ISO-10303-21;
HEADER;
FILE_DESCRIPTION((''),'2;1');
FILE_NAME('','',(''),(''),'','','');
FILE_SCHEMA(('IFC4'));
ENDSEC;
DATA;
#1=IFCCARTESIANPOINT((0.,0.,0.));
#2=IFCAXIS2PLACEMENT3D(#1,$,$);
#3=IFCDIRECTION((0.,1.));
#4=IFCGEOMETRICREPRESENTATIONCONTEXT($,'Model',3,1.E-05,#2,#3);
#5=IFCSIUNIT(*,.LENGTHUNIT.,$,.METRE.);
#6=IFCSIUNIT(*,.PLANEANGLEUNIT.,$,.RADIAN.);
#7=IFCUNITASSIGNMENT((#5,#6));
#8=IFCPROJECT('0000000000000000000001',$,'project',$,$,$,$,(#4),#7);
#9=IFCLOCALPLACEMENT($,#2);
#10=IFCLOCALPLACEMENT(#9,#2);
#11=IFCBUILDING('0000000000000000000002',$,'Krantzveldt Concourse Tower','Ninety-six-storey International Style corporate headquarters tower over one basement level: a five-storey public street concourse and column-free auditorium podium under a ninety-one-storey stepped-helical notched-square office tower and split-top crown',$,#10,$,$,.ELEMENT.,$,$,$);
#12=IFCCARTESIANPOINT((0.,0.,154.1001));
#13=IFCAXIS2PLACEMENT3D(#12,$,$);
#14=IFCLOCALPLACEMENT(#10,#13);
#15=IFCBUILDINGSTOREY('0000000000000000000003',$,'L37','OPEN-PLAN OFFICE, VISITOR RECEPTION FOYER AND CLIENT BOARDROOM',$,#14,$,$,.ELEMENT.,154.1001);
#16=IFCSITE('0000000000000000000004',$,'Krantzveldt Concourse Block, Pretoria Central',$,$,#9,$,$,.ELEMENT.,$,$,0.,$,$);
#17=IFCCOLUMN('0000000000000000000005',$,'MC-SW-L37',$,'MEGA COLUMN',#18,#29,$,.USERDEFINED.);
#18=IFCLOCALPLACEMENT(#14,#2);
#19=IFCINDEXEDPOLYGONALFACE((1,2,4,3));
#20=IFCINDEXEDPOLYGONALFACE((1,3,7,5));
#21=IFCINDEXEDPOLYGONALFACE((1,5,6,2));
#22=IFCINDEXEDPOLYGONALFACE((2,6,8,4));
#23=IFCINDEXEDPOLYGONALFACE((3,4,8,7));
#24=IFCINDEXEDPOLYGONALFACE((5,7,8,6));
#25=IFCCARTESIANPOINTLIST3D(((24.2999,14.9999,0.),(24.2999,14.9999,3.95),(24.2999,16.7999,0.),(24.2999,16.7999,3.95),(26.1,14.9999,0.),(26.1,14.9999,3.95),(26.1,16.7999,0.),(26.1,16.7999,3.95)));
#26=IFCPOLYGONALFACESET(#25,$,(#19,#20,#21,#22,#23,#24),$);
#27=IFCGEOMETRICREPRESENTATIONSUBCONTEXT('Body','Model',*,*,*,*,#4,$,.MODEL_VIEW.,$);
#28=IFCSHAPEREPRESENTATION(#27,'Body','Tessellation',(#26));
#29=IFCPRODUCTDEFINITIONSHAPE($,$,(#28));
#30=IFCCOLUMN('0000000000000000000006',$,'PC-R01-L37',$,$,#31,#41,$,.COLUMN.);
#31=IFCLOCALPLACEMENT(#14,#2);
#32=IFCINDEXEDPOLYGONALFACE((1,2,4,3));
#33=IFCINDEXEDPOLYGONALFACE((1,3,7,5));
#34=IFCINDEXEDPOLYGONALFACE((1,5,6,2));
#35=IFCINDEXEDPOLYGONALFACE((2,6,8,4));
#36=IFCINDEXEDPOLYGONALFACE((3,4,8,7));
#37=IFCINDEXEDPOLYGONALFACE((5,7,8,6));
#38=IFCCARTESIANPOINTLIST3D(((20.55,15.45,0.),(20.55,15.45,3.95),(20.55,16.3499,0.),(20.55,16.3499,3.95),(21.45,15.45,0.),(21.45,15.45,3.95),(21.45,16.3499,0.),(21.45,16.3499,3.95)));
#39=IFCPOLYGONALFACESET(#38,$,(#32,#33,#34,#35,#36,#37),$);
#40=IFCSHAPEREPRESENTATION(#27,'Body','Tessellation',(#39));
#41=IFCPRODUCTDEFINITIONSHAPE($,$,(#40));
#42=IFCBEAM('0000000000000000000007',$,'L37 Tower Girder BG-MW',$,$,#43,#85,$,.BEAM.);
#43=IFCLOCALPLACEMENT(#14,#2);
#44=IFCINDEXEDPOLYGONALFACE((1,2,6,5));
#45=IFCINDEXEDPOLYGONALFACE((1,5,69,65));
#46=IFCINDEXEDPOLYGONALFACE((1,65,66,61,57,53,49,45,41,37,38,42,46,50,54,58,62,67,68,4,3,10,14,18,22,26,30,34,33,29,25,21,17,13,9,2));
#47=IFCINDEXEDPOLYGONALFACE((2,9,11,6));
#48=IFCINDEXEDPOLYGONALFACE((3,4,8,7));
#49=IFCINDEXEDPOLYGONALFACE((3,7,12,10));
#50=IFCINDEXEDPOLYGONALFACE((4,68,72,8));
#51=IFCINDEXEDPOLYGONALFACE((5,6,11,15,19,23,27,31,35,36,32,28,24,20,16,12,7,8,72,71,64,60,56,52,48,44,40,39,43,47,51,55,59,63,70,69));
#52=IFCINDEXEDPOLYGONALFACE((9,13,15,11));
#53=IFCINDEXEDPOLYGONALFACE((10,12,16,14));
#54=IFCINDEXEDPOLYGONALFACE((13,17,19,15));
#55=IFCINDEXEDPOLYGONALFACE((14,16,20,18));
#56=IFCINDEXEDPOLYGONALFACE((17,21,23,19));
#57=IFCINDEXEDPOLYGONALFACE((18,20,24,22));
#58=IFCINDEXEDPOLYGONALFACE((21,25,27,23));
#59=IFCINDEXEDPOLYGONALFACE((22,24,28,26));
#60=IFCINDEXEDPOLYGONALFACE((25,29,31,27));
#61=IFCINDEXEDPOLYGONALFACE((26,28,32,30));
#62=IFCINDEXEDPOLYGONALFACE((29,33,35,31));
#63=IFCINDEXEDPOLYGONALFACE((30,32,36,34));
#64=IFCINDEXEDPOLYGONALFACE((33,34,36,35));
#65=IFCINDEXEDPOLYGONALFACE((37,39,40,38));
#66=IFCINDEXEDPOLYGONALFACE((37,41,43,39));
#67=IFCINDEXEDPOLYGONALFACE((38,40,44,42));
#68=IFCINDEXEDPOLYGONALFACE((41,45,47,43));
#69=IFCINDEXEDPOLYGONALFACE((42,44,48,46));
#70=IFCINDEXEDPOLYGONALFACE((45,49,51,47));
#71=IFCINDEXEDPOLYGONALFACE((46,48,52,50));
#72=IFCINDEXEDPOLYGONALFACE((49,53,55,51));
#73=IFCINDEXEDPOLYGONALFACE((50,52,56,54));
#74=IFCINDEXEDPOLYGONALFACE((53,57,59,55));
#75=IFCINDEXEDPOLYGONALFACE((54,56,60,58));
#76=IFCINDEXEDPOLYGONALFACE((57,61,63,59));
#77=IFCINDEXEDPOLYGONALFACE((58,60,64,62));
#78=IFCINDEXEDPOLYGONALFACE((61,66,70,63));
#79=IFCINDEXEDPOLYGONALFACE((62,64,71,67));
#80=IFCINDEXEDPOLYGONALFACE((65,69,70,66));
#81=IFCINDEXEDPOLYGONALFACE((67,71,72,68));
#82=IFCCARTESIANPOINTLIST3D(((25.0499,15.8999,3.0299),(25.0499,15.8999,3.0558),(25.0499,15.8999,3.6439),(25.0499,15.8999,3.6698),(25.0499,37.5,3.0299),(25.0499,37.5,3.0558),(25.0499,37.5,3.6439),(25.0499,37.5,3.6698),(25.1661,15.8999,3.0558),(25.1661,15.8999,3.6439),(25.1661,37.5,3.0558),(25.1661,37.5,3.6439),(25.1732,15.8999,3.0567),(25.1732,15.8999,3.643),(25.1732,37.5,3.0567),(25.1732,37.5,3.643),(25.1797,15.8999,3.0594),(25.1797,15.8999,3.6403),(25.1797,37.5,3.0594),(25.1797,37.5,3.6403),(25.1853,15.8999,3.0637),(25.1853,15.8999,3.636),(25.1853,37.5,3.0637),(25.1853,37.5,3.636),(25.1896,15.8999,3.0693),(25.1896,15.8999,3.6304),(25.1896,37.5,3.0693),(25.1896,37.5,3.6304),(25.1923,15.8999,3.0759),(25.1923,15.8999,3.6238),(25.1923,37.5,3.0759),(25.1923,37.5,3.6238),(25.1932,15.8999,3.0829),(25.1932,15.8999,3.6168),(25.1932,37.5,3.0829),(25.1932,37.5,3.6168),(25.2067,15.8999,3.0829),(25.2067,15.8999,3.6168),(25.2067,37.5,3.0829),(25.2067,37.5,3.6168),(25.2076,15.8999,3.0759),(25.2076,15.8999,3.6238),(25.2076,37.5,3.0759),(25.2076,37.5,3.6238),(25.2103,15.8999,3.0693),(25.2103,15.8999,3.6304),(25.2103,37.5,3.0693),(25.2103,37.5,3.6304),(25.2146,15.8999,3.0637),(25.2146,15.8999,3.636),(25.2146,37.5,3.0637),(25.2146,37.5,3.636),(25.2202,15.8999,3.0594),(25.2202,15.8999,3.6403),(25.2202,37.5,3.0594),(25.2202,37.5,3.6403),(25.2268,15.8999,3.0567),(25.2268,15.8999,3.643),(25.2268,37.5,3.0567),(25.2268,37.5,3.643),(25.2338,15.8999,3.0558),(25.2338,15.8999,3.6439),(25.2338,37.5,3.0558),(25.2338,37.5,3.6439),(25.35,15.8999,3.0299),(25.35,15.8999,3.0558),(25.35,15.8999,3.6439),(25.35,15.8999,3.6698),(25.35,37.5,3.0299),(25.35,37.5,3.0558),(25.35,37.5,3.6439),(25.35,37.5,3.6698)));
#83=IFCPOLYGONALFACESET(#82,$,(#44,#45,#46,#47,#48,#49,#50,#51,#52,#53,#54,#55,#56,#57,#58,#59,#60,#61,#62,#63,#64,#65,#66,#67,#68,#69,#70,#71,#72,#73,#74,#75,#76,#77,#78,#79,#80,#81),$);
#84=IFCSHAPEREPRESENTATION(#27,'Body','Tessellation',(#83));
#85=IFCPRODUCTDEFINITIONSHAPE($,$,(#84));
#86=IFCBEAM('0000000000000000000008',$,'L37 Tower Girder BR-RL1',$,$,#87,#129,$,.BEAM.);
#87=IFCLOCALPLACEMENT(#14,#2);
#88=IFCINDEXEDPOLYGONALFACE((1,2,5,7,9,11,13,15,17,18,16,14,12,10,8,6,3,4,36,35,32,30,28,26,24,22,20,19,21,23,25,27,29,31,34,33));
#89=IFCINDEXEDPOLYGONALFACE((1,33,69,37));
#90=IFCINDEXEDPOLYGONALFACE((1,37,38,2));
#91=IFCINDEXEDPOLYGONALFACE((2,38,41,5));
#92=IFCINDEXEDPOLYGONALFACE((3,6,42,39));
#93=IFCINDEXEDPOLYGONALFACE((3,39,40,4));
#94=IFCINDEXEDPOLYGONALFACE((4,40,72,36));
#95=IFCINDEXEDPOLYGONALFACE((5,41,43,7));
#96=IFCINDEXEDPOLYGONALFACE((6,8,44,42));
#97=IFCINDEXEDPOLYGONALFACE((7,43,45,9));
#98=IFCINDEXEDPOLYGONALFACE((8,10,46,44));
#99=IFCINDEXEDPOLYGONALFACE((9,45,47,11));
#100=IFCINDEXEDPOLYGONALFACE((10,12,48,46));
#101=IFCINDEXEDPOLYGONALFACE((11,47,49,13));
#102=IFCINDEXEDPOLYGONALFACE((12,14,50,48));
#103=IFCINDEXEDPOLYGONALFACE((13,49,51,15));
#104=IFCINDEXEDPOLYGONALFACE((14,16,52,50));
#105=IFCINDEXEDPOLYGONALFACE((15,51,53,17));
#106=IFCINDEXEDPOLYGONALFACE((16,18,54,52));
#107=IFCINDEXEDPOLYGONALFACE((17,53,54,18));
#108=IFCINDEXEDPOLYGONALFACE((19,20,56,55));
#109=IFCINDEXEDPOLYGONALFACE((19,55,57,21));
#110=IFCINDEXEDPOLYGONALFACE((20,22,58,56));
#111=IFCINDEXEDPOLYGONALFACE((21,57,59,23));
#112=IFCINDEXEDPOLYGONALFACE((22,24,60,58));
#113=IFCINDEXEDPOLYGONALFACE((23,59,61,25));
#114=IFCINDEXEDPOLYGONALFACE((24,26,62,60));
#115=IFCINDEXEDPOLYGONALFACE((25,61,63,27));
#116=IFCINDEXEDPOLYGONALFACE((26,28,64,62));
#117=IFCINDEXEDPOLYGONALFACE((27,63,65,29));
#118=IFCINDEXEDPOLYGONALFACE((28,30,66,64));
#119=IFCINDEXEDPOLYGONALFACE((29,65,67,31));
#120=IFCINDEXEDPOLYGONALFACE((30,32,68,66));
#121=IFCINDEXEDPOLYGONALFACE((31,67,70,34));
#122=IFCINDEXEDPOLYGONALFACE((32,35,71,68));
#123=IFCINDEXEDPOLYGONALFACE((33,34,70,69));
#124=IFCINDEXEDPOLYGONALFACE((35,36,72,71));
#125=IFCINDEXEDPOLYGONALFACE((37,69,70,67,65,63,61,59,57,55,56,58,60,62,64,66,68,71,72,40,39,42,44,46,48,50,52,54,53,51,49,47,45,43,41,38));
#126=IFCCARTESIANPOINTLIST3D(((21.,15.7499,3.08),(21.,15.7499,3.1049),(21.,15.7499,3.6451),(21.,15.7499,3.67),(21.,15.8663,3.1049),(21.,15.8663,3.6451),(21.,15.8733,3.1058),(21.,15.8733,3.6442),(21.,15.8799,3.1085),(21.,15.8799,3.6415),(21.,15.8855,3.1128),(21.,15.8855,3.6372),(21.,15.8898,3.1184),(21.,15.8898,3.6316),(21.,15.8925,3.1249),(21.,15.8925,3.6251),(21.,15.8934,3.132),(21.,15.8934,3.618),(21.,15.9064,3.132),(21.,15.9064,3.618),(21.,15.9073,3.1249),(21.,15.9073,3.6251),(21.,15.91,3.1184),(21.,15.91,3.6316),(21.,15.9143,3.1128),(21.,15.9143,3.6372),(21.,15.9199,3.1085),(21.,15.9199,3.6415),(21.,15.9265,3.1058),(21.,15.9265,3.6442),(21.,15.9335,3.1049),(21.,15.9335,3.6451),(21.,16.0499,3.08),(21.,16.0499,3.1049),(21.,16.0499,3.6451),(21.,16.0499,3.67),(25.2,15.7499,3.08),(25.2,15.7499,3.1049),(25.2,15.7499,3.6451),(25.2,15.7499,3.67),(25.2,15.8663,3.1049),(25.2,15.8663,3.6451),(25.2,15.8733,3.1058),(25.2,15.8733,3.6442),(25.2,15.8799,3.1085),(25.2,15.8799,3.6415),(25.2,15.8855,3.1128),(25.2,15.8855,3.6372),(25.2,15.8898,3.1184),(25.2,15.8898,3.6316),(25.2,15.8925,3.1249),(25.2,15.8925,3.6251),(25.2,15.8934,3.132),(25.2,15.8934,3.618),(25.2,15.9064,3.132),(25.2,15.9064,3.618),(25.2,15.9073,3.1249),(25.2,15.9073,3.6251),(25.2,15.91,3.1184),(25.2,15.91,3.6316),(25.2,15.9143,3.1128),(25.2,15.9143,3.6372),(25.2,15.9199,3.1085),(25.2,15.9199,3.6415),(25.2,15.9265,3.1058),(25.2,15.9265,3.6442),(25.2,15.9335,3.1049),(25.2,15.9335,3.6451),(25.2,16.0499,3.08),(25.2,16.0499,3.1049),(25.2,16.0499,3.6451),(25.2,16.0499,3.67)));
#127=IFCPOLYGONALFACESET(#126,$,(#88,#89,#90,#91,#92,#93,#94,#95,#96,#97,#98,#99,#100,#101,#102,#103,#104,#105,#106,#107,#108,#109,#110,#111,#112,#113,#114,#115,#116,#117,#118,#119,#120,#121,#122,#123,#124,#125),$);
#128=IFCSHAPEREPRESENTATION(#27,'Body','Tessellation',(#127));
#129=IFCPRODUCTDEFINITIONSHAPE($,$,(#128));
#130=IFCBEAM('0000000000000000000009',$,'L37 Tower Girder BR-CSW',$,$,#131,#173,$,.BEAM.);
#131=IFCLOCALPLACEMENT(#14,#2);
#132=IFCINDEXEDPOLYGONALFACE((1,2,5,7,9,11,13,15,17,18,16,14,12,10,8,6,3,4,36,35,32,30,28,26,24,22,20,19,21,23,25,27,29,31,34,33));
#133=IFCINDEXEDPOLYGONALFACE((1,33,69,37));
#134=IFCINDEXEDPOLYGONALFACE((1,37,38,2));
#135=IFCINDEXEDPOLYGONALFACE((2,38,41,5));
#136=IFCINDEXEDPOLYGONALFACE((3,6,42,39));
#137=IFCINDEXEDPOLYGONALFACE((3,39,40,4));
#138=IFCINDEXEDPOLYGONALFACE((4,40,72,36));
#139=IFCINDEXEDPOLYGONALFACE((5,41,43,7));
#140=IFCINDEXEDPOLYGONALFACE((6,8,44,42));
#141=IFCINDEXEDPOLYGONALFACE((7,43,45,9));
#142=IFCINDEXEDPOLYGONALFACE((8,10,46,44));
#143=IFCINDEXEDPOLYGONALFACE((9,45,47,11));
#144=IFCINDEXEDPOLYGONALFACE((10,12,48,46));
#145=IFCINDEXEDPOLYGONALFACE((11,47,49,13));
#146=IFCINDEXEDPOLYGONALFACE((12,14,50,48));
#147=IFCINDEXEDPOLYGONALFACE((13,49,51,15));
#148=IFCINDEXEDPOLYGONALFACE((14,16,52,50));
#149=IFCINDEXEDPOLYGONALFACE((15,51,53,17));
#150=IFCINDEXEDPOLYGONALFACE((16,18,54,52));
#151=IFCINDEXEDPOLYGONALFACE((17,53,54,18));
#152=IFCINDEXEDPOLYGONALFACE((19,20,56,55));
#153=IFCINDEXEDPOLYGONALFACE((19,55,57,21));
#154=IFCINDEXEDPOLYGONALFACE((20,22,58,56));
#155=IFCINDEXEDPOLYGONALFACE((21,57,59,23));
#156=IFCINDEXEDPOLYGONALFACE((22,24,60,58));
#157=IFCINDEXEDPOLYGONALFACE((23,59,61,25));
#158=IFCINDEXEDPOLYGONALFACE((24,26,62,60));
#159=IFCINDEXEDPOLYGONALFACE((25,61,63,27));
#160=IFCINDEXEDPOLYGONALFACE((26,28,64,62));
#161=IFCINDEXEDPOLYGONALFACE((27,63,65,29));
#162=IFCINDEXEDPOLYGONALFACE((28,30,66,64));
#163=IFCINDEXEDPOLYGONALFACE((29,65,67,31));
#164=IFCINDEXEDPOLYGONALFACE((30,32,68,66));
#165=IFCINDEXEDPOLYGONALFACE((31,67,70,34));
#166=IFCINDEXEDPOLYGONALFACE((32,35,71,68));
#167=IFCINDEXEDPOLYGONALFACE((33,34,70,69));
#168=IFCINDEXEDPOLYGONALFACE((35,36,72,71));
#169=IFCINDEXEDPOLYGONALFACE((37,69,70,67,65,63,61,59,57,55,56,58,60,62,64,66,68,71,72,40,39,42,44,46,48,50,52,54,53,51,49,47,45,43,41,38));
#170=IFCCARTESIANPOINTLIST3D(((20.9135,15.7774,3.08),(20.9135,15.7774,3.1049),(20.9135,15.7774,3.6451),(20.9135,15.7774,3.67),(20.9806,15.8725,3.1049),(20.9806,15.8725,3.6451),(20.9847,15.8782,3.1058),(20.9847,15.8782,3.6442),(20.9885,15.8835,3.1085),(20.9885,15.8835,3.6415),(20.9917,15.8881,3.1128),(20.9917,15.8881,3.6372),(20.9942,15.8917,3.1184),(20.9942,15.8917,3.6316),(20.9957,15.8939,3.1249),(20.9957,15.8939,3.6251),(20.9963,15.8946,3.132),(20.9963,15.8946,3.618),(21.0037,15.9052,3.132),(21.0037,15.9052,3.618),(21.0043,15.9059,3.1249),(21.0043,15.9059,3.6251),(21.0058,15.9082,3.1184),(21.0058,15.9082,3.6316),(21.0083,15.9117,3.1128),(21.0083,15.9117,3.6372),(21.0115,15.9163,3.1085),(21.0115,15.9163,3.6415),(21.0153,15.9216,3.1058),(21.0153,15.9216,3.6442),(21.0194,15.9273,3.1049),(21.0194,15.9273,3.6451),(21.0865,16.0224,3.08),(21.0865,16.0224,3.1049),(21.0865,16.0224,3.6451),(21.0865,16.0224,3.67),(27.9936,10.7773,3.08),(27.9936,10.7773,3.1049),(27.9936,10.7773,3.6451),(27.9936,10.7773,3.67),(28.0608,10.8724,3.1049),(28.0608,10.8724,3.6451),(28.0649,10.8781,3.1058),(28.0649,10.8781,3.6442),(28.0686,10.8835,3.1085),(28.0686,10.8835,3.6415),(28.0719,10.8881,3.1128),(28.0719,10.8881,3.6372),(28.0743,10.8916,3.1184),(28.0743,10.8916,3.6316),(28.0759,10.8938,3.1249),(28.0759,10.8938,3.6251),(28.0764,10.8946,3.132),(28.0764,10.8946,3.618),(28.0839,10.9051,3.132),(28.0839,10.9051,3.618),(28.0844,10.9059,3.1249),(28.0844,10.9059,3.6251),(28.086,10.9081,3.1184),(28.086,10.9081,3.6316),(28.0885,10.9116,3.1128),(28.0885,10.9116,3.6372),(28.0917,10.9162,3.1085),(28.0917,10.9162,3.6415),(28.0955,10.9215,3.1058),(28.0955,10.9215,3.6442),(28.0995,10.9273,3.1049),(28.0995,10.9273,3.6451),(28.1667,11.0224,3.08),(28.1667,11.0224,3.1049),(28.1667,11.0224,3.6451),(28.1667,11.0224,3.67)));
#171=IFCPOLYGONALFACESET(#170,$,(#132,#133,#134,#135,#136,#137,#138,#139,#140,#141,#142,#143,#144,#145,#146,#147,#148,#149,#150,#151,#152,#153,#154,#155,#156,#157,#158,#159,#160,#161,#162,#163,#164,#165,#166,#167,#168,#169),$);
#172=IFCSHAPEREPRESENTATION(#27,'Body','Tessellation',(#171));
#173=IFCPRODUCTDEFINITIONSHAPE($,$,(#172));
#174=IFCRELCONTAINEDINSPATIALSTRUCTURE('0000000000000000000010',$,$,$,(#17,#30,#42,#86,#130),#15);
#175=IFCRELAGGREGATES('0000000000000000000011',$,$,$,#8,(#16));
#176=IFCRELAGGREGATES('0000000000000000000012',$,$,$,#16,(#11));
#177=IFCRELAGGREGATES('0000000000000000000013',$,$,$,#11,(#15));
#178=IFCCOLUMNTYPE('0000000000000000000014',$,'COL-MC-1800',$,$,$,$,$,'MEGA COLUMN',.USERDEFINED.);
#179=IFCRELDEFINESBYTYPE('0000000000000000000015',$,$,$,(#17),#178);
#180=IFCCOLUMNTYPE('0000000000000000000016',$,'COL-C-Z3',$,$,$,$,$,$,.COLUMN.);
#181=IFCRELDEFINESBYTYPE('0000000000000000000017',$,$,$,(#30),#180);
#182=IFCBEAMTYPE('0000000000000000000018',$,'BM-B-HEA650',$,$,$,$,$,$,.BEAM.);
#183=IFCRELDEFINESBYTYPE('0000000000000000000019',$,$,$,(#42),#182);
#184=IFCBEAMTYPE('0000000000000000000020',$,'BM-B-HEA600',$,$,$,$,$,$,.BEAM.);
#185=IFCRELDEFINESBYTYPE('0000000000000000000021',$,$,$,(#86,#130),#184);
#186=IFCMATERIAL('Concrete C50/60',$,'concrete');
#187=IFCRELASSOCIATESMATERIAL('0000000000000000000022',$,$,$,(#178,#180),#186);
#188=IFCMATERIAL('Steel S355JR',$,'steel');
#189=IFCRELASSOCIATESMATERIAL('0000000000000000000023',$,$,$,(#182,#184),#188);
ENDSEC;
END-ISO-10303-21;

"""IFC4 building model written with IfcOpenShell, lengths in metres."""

from ifc_helpers import new_model, si_unit, direction, frame, origin, origin_2d, place, context, subcontext, project, spatial, rectangle, i_section, extrude, source, transform, mapped, material, material_profile, profile_set, type_object, type_shapes, element, save


model = new_model("IFC4")

# Units and contexts
model_context = context("Model", 3, precision=1e-05, world=origin(), true_north=direction((0.0, 1.0)))
body_context = subcontext(model_context, "Body", "Model", "MODEL_VIEW")
ifc_project = project(units=[si_unit("LENGTHUNIT", "METRE"), si_unit("PLANEANGLEUNIT", "RADIAN")], contexts=[model_context])

# Site, building, storey
site_placement = place(None, origin())
site = spatial("IfcSite", under=ifc_project, at=site_placement, Name="Krantzveldt Concourse Block, Pretoria Central", CompositionType="ELEMENT", RefElevation=0.0)
building_placement = place(site_placement, origin())
building = spatial("IfcBuilding", under=site, at=building_placement, Name="Krantzveldt Concourse Tower", Description="Ninety-six-storey International Style corporate headquarters tower over one basement level: a five-storey public street concourse and column-free auditorium podium under a ninety-one-storey stepped-helical notched-square office tower and split-top crown", CompositionType="ELEMENT")
storey_placement = place(building_placement, frame((0.0, 0.0, 154.1001)))
storey = spatial("IfcBuildingStorey", under=building, at=storey_placement, Name="L37", Description="OPEN-PLAN OFFICE, VISITOR RECEPTION FOYER AND CLIENT BOARDROOM", CompositionType="ELEMENT", Elevation=154.1001)

# Columns
ifc_material_1 = material(Name="Concrete C50/60", Category="concrete")
ifc_material_profile_1 = material_profile(ifc_material_1, rectangle(XDim=1.8, YDim=1.8, at=origin_2d()), Name="Concrete C50/60", Category="concrete")
ifc_profile_set_1 = profile_set([ifc_material_profile_1], Name="Concrete C50/60 - RC 1800x1800")
column_type_1 = type_object("IfcColumnType", Name="COL-MC-1800", ElementType="MEGA COLUMN", PredefinedType="USERDEFINED", material=ifc_profile_set_1)
shared_shape_1 = source(origin(), body_context, "Body", "SweptSolid", [
    extrude(rectangle(XDim=1.8, YDim=1.8, at=origin_2d()), origin(), (0.0, 0.0, 1.0), 3.95),
])
type_shapes(column_type_1, [shared_shape_1])
column_1_placement = place(storey_placement, frame((25.2, 15.8999, 0.0), z_axis=(0.0, 0.0, 1.0), x_axis=(1.0, 0.0, 0.0)))
element("IfcColumn", 1, at=column_1_placement, inside=storey, type_object=column_type_1, Name="MC-SW-L37", ObjectType="MEGA COLUMN", PredefinedType="USERDEFINED", context=body_context, shape_type="MappedRepresentation", body=[
    mapped(shared_shape_1, transform((0.0, 0.0, 0.0), x_axis=(1.0, 0.0, 0.0), y_axis=(0.0, 1.0, 0.0), z_axis=(0.0, 0.0, 1.0), scale=1.0)),
])
ifc_material_profile_2 = material_profile(ifc_material_1, rectangle(XDim=0.8999, YDim=0.8999, at=origin_2d()), Name="Concrete C50/60", Category="concrete")
ifc_profile_set_2 = profile_set([ifc_material_profile_2], Name="Concrete C50/60 - RC 900x900")
column_type_2 = type_object("IfcColumnType", Name="COL-C-Z3", PredefinedType="COLUMN", material=ifc_profile_set_2)
shared_shape_2 = source(origin(), body_context, "Body", "SweptSolid", [
    extrude(rectangle(XDim=0.8999, YDim=0.8999, at=origin_2d()), origin(), (0.0, 0.0, 1.0), 3.95),
])
type_shapes(column_type_2, [shared_shape_2])
column_2_placement = place(storey_placement, frame((21.0, 15.8999, 0.0), z_axis=(0.0, 0.0, 1.0), x_axis=(1.0, 0.0, 0.0)))
element("IfcColumn", 2, at=column_2_placement, inside=storey, type_object=column_type_2, Name="PC-R01-L37", PredefinedType="COLUMN", context=body_context, shape_type="MappedRepresentation", body=[
    mapped(shared_shape_2, transform((0.0, 0.0, 0.0), x_axis=(1.0, 0.0, 0.0), y_axis=(0.0, 1.0, 0.0), z_axis=(0.0, 0.0, 1.0), scale=1.0)),
])

# Beams
ifc_material_2 = material(Name="Steel S355JR", Category="steel")
ifc_material_profile_3 = material_profile(ifc_material_2, i_section(OverallWidth=0.3, OverallDepth=0.6399, WebThickness=0.0134, FlangeThickness=0.0259, FilletRadius=0.0271, at=origin_2d()), Name="Steel S355JR", Category="steel")
ifc_profile_set_3 = profile_set([ifc_material_profile_3], Name="Steel S355JR - HEA 650")
beam_type_1 = type_object("IfcBeamType", Name="BM-B-HEA650", PredefinedType="BEAM", material=ifc_profile_set_3)
shared_shape_3 = source(origin(), body_context, "Body", "SweptSolid", [
    extrude(i_section(OverallWidth=0.3, OverallDepth=0.6399, WebThickness=0.0134, FlangeThickness=0.0259, FilletRadius=0.0271, at=origin_2d()), origin(), (0.0, 0.0, 1.0), 21.6001),
])
beam_1_placement = place(storey_placement, frame((25.2, 15.8999, 3.3499), z_axis=(0.0, 1.0, 0.0), x_axis=(-1.0, 0.0, 0.0)))
element("IfcBeam", 3, at=beam_1_placement, inside=storey, type_object=beam_type_1, Name="L37 Tower Girder BG-MW", PredefinedType="BEAM", context=body_context, shape_type="MappedRepresentation", body=[
    mapped(shared_shape_3, transform((0.0, 0.0, 0.0), x_axis=(1.0, 0.0, 0.0), y_axis=(0.0, 1.0, 0.0), z_axis=(0.0, 0.0, 1.0), scale=1.0)),
])
ifc_material_profile_4 = material_profile(ifc_material_2, i_section(OverallWidth=0.3, OverallDepth=0.5901, WebThickness=0.0129, FlangeThickness=0.0249, FilletRadius=0.0271, at=origin_2d()), Name="Steel S355JR", Category="steel")
ifc_profile_set_4 = profile_set([ifc_material_profile_4], Name="Steel S355JR - HEA 600")
beam_type_2 = type_object("IfcBeamType", Name="BM-B-HEA600", PredefinedType="BEAM", material=ifc_profile_set_4)
shared_shape_4 = source(origin(), body_context, "Body", "SweptSolid", [
    extrude(i_section(OverallWidth=0.3, OverallDepth=0.5901, WebThickness=0.0129, FlangeThickness=0.0249, FilletRadius=0.0271, at=origin_2d()), origin(), (0.0, 0.0, 1.0), 4.2),
])
beam_2_placement = place(storey_placement, frame((21.0, 15.8999, 3.375), z_axis=(1.0, 0.0, 0.0), x_axis=(0.0, 1.0, 0.0)))
element("IfcBeam", 4, at=beam_2_placement, inside=storey, type_object=beam_type_2, Name="L37 Tower Girder BR-RL1", PredefinedType="BEAM", context=body_context, shape_type="MappedRepresentation", body=[
    mapped(shared_shape_4, transform((0.0, 0.0, 0.0), x_axis=(1.0, 0.0, 0.0), y_axis=(0.0, 1.0, 0.0), z_axis=(0.0, 0.0, 1.0), scale=1.0)),
])
shared_shape_5 = source(origin(), body_context, "Body", "SweptSolid", [
    extrude(i_section(OverallWidth=0.3, OverallDepth=0.5901, WebThickness=0.0129, FlangeThickness=0.0249, FilletRadius=0.0271, at=origin_2d()), origin(), (0.0, 0.0, 1.0), 8.6677),
])
type_shapes(beam_type_2, [shared_shape_4, shared_shape_5])
beam_3_placement = place(storey_placement, frame((21.0, 15.8999, 3.375), z_axis=(0.816843, -0.57686, 0.0), x_axis=(0.57686, 0.816843, 0.0)))
element("IfcBeam", 5, at=beam_3_placement, inside=storey, type_object=beam_type_2, Name="L37 Tower Girder BR-CSW", PredefinedType="BEAM", context=body_context, shape_type="MappedRepresentation", body=[
    mapped(shared_shape_5, transform((0.0, 0.0, 0.0), x_axis=(1.0, 0.0, 0.0), y_axis=(0.0, 1.0, 0.0), z_axis=(0.0, 0.0, 1.0), scale=1.0)),
])

save(model, "model.ifc")
